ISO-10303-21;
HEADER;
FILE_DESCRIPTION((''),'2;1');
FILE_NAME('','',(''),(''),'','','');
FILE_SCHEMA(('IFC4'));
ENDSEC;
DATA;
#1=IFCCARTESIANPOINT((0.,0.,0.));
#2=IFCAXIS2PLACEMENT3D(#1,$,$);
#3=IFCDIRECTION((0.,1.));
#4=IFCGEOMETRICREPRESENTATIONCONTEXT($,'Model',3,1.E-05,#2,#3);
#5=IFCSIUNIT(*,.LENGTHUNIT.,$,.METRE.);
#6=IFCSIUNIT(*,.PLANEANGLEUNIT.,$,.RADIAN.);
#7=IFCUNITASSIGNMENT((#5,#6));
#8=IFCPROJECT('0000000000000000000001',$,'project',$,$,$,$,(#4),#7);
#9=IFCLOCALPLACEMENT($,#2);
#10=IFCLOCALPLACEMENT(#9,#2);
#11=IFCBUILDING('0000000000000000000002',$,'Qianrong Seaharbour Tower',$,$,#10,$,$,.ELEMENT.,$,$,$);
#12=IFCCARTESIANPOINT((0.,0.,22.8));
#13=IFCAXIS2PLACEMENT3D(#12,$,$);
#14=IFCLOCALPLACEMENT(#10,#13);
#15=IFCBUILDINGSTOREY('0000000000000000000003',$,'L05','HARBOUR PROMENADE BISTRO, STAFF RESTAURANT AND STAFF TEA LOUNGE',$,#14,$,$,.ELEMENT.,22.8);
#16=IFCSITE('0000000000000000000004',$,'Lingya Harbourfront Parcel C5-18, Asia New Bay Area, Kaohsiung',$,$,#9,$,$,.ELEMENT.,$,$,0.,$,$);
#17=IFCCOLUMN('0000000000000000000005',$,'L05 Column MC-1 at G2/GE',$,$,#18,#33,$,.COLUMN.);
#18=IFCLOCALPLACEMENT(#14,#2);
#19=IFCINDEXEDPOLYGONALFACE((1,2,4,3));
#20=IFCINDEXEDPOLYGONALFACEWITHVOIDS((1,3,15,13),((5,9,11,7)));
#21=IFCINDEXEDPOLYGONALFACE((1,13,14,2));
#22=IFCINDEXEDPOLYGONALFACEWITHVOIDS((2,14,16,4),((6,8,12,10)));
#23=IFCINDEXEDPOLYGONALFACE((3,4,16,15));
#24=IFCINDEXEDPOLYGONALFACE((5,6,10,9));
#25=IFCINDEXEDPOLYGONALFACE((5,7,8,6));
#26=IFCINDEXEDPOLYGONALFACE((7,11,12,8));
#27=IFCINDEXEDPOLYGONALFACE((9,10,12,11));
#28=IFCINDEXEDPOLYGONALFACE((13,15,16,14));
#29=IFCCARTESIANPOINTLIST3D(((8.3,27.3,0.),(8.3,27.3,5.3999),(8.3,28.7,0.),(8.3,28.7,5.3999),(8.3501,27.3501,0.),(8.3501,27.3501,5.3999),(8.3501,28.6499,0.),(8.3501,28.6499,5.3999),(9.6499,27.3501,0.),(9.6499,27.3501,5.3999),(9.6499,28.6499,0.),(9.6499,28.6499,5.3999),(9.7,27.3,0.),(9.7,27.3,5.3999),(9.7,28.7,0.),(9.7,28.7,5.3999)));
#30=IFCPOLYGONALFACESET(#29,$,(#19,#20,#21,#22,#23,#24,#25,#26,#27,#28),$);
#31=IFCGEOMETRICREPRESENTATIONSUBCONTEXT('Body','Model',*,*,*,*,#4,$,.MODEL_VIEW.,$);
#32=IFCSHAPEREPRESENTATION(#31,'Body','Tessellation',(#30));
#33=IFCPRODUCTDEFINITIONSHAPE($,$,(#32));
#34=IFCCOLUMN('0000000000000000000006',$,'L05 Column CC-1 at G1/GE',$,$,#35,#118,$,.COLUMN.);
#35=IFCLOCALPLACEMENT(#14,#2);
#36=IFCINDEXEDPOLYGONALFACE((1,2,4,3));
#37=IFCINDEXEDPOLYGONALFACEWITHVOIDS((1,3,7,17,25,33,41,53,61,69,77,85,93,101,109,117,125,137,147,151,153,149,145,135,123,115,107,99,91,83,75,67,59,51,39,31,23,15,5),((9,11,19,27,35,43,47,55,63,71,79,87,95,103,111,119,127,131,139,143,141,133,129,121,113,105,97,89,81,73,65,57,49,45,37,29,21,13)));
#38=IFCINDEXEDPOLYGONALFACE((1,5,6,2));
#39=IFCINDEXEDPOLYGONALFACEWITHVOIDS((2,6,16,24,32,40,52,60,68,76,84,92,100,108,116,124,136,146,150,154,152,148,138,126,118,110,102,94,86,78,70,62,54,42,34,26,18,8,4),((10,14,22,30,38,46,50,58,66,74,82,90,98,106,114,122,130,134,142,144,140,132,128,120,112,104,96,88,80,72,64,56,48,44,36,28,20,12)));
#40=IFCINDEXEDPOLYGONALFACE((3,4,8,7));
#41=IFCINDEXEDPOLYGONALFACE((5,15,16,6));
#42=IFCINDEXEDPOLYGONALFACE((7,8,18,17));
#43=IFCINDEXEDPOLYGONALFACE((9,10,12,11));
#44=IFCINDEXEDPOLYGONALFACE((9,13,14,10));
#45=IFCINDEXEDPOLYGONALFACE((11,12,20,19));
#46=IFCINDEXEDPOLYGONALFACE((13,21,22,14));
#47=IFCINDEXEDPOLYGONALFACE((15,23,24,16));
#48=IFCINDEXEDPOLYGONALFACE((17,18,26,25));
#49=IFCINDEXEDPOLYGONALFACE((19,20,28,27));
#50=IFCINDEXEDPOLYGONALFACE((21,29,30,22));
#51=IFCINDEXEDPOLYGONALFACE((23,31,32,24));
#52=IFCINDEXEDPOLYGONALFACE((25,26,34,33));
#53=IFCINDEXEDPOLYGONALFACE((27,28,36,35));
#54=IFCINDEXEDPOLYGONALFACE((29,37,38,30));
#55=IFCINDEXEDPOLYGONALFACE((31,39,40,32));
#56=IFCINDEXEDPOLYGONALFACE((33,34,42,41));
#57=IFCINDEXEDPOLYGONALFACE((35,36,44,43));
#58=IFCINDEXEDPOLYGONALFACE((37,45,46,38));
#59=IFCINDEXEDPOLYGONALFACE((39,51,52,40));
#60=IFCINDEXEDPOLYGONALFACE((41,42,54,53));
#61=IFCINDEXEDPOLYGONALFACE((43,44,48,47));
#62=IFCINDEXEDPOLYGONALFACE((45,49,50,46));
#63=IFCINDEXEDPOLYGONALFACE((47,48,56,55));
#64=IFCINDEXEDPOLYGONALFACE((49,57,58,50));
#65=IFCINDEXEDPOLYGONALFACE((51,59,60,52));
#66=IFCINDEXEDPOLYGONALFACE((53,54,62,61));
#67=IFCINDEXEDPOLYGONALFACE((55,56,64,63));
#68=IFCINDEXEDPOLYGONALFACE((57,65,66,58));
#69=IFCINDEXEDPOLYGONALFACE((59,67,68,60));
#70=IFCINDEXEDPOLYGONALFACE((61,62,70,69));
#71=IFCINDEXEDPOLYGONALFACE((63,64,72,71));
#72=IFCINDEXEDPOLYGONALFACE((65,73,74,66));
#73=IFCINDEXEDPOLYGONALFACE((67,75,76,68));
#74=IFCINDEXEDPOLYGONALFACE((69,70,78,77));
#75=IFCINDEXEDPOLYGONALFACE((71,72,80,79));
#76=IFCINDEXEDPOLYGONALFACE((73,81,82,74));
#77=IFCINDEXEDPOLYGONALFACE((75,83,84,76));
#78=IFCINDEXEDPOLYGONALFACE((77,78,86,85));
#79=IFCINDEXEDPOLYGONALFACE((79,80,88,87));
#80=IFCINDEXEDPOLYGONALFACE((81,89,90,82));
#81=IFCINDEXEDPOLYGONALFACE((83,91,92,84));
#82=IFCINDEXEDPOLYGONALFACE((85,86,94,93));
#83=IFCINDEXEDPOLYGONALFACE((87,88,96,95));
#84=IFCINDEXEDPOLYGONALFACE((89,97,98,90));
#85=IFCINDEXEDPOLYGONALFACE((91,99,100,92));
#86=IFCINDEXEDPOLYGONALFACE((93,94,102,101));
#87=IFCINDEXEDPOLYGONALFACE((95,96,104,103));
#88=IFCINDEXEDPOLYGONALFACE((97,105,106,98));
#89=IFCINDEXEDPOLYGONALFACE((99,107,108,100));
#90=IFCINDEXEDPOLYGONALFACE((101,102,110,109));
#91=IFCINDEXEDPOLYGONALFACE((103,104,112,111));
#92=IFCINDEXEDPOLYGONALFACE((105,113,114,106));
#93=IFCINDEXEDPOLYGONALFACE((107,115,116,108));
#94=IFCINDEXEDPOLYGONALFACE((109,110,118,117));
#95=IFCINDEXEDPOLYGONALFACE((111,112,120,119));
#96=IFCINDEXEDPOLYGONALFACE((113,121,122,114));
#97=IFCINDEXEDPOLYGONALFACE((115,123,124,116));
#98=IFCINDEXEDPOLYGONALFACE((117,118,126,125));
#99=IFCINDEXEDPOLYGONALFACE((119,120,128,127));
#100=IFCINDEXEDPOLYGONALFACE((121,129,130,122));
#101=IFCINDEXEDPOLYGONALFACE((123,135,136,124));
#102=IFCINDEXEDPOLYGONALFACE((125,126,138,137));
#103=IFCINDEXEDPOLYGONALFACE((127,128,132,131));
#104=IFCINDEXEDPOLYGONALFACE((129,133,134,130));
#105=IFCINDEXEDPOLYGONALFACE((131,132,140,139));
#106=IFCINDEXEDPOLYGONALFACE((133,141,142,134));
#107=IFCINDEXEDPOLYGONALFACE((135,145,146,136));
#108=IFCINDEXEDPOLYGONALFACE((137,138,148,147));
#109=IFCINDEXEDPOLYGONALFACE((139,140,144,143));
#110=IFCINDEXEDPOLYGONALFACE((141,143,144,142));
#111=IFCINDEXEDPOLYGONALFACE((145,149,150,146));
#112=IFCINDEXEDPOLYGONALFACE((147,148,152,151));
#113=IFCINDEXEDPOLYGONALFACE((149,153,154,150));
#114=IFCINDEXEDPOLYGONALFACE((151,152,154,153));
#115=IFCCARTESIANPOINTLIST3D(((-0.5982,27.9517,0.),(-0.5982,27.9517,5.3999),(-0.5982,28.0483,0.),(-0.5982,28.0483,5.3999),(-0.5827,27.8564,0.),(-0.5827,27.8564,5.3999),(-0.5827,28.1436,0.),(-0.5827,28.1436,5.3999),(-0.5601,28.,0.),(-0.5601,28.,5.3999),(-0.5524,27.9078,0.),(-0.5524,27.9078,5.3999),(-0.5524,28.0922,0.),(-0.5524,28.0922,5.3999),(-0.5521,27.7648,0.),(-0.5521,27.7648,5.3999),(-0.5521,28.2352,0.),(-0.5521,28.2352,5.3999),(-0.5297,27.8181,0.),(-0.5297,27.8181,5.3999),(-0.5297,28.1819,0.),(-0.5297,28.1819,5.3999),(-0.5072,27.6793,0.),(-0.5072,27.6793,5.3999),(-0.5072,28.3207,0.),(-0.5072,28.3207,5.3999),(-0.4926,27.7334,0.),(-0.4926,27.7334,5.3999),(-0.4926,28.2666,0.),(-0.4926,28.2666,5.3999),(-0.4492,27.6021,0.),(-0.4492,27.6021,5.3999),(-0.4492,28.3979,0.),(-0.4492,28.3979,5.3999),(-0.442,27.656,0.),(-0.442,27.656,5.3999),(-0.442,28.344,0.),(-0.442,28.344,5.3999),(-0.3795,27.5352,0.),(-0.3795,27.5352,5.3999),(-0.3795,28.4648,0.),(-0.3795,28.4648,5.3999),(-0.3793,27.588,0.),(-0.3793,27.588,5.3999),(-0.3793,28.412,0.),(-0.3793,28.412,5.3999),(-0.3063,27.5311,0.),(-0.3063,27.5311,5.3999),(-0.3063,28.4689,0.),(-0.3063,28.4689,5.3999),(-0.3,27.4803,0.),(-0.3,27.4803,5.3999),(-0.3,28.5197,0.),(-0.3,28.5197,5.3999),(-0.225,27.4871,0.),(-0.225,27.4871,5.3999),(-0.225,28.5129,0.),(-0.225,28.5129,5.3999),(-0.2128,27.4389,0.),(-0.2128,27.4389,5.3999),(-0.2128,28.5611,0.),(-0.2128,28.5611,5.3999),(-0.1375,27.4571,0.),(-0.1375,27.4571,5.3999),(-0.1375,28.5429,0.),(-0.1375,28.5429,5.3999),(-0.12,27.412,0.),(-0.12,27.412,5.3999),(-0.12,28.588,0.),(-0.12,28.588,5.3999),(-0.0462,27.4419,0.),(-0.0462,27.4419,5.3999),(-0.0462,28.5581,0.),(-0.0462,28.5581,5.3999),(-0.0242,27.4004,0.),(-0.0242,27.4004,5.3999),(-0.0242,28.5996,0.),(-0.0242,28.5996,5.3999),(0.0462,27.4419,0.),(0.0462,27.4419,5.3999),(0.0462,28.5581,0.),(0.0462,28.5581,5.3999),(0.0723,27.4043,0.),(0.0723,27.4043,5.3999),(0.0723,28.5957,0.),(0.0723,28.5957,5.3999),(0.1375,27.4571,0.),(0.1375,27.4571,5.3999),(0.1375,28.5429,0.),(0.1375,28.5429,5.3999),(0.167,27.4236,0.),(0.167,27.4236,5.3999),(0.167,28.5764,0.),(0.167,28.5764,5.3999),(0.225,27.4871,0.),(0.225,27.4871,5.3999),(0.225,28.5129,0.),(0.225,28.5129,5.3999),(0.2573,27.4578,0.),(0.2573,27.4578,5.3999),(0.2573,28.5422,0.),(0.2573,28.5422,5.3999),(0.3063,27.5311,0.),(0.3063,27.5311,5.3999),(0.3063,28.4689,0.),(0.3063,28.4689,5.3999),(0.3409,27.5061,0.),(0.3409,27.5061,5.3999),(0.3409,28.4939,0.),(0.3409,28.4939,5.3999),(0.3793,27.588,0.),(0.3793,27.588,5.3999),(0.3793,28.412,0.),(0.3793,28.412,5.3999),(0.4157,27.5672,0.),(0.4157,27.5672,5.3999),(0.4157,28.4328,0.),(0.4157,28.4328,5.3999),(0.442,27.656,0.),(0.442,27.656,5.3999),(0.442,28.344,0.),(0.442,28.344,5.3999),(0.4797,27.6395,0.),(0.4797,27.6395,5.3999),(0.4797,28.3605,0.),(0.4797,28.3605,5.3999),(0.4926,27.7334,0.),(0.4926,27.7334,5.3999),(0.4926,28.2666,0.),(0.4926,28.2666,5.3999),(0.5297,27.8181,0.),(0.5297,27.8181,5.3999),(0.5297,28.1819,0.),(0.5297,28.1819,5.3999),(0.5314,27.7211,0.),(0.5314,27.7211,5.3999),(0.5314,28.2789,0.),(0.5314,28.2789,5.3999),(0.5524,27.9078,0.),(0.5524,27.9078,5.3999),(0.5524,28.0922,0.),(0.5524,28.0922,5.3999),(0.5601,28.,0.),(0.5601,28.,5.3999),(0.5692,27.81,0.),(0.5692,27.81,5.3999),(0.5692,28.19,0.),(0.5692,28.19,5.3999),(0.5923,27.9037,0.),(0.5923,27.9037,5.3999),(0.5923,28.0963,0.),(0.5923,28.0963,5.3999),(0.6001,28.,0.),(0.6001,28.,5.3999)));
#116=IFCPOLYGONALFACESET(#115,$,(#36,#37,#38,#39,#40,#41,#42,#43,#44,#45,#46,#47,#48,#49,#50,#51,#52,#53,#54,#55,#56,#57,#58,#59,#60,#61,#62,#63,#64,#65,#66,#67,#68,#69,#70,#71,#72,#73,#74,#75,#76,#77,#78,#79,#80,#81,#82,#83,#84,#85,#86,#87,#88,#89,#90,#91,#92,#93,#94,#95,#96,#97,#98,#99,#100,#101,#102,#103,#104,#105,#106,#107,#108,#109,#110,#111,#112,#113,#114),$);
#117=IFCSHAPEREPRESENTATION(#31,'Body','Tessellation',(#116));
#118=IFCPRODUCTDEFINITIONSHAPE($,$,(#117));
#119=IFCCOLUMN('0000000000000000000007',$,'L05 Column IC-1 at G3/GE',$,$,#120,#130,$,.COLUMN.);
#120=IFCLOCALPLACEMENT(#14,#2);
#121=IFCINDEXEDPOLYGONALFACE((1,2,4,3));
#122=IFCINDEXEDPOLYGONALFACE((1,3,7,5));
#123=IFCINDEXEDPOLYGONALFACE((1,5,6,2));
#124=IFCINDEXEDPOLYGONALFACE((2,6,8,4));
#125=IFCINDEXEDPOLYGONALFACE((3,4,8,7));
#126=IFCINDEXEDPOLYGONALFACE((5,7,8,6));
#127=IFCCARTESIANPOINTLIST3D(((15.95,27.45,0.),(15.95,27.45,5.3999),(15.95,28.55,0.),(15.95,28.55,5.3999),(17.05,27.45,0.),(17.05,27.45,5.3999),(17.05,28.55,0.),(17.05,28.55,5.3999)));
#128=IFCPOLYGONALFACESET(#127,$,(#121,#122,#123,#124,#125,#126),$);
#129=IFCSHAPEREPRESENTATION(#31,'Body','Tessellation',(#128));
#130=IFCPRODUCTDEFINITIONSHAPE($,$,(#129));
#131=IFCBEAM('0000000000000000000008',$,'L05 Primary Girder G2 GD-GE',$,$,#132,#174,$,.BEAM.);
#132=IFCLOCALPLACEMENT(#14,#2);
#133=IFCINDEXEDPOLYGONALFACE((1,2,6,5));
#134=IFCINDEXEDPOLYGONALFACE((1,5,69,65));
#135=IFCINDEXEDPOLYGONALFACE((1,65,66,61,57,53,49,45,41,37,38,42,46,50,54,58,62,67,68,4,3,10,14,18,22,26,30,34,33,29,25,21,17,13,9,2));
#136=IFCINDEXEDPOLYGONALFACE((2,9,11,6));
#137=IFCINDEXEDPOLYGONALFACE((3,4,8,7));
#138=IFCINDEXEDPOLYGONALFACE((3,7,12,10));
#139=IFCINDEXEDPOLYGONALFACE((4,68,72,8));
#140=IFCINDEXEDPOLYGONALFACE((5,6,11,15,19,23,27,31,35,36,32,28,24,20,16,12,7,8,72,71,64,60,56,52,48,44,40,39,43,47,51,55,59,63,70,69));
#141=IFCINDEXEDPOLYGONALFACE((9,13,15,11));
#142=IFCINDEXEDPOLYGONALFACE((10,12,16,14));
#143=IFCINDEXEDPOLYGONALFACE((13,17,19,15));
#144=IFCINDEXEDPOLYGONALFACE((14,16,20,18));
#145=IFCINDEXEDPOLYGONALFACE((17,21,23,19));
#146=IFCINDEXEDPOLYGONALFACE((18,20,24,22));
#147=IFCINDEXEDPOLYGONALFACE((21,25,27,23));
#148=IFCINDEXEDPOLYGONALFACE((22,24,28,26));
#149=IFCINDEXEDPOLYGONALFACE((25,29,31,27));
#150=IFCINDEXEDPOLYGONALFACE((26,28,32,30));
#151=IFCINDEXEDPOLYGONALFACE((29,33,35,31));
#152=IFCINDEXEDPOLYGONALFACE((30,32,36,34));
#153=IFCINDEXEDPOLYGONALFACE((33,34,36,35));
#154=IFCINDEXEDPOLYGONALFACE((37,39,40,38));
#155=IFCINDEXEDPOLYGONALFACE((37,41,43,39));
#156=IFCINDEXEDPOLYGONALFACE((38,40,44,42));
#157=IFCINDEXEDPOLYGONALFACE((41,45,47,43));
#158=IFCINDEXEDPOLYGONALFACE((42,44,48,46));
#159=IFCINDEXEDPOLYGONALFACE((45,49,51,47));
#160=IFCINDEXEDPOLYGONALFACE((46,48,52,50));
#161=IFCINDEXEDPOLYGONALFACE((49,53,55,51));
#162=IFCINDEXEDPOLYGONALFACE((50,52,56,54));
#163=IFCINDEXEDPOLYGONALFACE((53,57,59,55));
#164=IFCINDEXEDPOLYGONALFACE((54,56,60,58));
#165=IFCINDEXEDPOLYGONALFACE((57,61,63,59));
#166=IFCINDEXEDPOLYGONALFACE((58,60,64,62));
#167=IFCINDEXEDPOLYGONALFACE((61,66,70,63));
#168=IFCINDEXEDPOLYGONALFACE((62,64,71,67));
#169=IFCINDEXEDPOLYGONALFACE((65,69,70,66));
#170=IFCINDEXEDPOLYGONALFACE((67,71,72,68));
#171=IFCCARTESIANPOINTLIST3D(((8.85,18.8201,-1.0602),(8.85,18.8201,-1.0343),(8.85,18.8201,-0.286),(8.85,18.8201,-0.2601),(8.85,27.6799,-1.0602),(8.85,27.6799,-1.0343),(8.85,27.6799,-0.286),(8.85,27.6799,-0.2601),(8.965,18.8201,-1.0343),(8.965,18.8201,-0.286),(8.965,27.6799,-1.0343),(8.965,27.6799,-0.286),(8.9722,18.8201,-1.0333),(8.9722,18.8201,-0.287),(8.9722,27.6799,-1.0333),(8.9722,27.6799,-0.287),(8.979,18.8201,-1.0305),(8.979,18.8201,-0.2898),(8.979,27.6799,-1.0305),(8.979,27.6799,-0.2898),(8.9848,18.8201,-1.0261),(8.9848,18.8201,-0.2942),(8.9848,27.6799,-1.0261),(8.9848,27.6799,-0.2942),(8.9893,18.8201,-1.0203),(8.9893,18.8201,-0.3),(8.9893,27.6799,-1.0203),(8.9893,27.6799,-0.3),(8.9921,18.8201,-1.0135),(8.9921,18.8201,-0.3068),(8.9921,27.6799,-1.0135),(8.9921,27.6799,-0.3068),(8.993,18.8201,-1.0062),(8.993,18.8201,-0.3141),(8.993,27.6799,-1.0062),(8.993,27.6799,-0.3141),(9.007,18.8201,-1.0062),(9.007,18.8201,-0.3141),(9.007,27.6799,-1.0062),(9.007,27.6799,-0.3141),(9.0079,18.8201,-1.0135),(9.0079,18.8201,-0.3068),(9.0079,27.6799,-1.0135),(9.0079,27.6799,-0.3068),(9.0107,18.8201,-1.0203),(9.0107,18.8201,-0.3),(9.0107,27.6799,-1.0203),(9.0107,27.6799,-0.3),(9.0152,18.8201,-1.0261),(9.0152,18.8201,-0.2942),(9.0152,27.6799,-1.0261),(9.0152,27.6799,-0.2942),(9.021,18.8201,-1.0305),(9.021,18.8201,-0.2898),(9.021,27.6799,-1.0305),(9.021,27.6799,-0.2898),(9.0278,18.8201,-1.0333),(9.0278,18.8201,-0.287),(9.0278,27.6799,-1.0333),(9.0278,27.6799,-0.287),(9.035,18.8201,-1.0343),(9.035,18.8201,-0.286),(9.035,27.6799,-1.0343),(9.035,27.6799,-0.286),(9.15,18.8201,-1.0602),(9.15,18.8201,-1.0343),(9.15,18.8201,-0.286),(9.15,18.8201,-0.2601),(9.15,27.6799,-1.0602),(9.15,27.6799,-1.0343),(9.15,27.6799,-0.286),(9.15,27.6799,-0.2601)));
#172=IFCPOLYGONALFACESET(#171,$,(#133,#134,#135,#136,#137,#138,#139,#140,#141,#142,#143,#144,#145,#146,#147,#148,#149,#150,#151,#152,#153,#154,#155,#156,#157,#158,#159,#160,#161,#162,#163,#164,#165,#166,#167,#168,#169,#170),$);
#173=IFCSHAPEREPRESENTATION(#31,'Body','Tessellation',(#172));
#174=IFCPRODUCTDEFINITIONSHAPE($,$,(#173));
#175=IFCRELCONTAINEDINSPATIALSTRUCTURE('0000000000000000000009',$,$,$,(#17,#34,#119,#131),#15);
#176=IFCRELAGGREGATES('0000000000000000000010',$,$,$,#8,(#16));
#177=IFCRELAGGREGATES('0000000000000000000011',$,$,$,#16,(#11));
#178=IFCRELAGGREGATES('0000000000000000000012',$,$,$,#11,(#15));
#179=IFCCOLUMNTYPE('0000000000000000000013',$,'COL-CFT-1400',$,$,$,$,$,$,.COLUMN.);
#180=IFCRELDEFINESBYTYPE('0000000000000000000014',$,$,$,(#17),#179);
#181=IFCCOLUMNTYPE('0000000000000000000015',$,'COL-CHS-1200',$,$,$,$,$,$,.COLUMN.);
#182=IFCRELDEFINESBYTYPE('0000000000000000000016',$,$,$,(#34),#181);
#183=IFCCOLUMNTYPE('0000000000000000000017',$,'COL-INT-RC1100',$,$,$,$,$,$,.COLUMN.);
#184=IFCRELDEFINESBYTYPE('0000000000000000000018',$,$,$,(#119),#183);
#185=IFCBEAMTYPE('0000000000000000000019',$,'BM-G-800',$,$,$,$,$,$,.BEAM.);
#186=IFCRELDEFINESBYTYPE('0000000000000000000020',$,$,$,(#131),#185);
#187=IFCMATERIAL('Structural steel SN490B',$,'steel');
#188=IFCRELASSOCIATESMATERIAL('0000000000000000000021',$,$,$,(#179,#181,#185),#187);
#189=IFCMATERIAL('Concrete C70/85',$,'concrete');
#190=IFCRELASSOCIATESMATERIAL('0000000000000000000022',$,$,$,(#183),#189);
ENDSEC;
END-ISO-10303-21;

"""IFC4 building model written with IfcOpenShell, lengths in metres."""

from ifc_helpers import new_model, si_unit, direction, frame, origin, origin_2d, place, context, subcontext, project, spatial, rectangle, hollow_rectangle, hollow_circle, i_section, extrude, material, material_profile, profile_set, type_object, element, save


model = new_model("IFC4")

# Units and contexts
model_context = context("Model", 3, precision=1e-05, world=origin(), true_north=direction((0.0, 1.0)))
body_context = subcontext(model_context, "Body", "Model", "MODEL_VIEW")
ifc_project = project(units=[si_unit("LENGTHUNIT", "METRE"), si_unit("PLANEANGLEUNIT", "RADIAN")], contexts=[model_context])

# Site, building, storey
site_placement = place(None, origin())
site = spatial("IfcSite", under=ifc_project, at=site_placement, Name="Lingya Harbourfront Parcel C5-18, Asia New Bay Area, Kaohsiung", CompositionType="ELEMENT", RefElevation=0.0)
building_placement = place(site_placement, origin())
building = spatial("IfcBuilding", under=site, at=building_placement, Name="Qianrong Seaharbour Tower", CompositionType="ELEMENT")
storey_placement = place(building_placement, frame((0.0, 0.0, 22.8)))
storey = spatial("IfcBuildingStorey", under=building, at=storey_placement, Name="L05", Description="HARBOUR PROMENADE BISTRO, STAFF RESTAURANT AND STAFF TEA LOUNGE", CompositionType="ELEMENT", Elevation=22.8)

# Columns
ifc_material_1 = material(Name="Structural steel SN490B", Category="steel")
ifc_material_profile_1 = material_profile(ifc_material_1, hollow_rectangle(XDim=1.3999, YDim=1.3999, WallThickness=0.05, at=origin_2d()), Name="BOX1400x1400x50")
ifc_profile_set_1 = profile_set([ifc_material_profile_1], Name="Structural steel SN490B")
column_type_1 = type_object("IfcColumnType", Name="COL-CFT-1400", PredefinedType="COLUMN", material=ifc_profile_set_1)
column_1_placement = place(storey_placement, frame((9.0, 28.0, 0.0), z_axis=(0.0, 0.0, 1.0), x_axis=(1.0, 0.0, 0.0)))
element("IfcColumn", 1, at=column_1_placement, inside=storey, type_object=column_type_1, Name="L05 Column MC-1 at G2/GE", PredefinedType="COLUMN", context=body_context, shape_type="SweptSolid", body=[
    extrude(hollow_rectangle(XDim=1.3999, YDim=1.3999, WallThickness=0.05, at=origin_2d()), origin(), (0.0, 0.0, 1.0), 5.3999),
])
ifc_material_profile_2 = material_profile(ifc_material_1, hollow_circle(Radius=0.6001, WallThickness=0.04, at=origin_2d()), Name="CHS1200x40")
ifc_profile_set_2 = profile_set([ifc_material_profile_2], Name="Structural steel SN490B")
column_type_2 = type_object("IfcColumnType", Name="COL-CHS-1200", PredefinedType="COLUMN", material=ifc_profile_set_2)
column_2_placement = place(storey_placement, frame((0.0, 28.0, 0.0), z_axis=(0.0, 0.0, 1.0), x_axis=(1.0, 0.0, 0.0)))
element("IfcColumn", 2, at=column_2_placement, inside=storey, type_object=column_type_2, Name="L05 Column CC-1 at G1/GE", PredefinedType="COLUMN", context=body_context, shape_type="SweptSolid", body=[
    extrude(hollow_circle(Radius=0.6001, WallThickness=0.04, at=origin_2d()), origin(), (0.0, 0.0, 1.0), 5.3999),
])
ifc_material_2 = material(Name="Concrete C70/85", Category="concrete")
ifc_material_profile_3 = material_profile(ifc_material_2, rectangle(XDim=1.1001, YDim=1.1001, at=origin_2d()), Name="RC1100x1100")
ifc_profile_set_3 = profile_set([ifc_material_profile_3], Name="Concrete C70/85")
column_type_3 = type_object("IfcColumnType", Name="COL-INT-RC1100", PredefinedType="COLUMN", material=ifc_profile_set_3)
column_3_placement = place(storey_placement, frame((16.5, 28.0, 0.0), z_axis=(0.0, 0.0, 1.0), x_axis=(1.0, 0.0, 0.0)))
element("IfcColumn", 3, at=column_3_placement, inside=storey, type_object=column_type_3, Name="L05 Column IC-1 at G3/GE", PredefinedType="COLUMN", context=body_context, shape_type="SweptSolid", body=[
    extrude(rectangle(XDim=1.1001, YDim=1.1001, at=origin_2d()), origin(), (0.0, 0.0, 1.0), 5.3999),
])

# Beam
ifc_material_profile_4 = material_profile(ifc_material_1, i_section(OverallWidth=0.3, OverallDepth=0.8, WebThickness=0.0139, FlangeThickness=0.0259, FilletRadius=0.0281, at=origin_2d()), Name="H800x300x14x26")
ifc_profile_set_4 = profile_set([ifc_material_profile_4], Name="Structural steel SN490B")
beam_type_1 = type_object("IfcBeamType", Name="BM-G-800", PredefinedType="BEAM", material=ifc_profile_set_4)
for number, where, z_axis, x_axis, name in (
    (4, (9.0, 18.8201, -0.6602), (0.0, 1.0, 0.0), (-1.0, 0.0, 0.0), "L05 Primary Girder G2 GD-GE"),
):
    element("IfcBeam", number, at=place(storey_placement, frame(where, z_axis=z_axis, x_axis=x_axis)), inside=storey, type_object=beam_type_1, Name=name, PredefinedType="BEAM", context=body_context, shape_type="SweptSolid", body=[
        extrude(i_section(OverallWidth=0.3, OverallDepth=0.8, WebThickness=0.0139, FlangeThickness=0.0259, FilletRadius=0.0281, at=origin_2d()), origin(), (0.0, 0.0, 1.0), 8.8599),
    ])

save(model, "model.ifc")
